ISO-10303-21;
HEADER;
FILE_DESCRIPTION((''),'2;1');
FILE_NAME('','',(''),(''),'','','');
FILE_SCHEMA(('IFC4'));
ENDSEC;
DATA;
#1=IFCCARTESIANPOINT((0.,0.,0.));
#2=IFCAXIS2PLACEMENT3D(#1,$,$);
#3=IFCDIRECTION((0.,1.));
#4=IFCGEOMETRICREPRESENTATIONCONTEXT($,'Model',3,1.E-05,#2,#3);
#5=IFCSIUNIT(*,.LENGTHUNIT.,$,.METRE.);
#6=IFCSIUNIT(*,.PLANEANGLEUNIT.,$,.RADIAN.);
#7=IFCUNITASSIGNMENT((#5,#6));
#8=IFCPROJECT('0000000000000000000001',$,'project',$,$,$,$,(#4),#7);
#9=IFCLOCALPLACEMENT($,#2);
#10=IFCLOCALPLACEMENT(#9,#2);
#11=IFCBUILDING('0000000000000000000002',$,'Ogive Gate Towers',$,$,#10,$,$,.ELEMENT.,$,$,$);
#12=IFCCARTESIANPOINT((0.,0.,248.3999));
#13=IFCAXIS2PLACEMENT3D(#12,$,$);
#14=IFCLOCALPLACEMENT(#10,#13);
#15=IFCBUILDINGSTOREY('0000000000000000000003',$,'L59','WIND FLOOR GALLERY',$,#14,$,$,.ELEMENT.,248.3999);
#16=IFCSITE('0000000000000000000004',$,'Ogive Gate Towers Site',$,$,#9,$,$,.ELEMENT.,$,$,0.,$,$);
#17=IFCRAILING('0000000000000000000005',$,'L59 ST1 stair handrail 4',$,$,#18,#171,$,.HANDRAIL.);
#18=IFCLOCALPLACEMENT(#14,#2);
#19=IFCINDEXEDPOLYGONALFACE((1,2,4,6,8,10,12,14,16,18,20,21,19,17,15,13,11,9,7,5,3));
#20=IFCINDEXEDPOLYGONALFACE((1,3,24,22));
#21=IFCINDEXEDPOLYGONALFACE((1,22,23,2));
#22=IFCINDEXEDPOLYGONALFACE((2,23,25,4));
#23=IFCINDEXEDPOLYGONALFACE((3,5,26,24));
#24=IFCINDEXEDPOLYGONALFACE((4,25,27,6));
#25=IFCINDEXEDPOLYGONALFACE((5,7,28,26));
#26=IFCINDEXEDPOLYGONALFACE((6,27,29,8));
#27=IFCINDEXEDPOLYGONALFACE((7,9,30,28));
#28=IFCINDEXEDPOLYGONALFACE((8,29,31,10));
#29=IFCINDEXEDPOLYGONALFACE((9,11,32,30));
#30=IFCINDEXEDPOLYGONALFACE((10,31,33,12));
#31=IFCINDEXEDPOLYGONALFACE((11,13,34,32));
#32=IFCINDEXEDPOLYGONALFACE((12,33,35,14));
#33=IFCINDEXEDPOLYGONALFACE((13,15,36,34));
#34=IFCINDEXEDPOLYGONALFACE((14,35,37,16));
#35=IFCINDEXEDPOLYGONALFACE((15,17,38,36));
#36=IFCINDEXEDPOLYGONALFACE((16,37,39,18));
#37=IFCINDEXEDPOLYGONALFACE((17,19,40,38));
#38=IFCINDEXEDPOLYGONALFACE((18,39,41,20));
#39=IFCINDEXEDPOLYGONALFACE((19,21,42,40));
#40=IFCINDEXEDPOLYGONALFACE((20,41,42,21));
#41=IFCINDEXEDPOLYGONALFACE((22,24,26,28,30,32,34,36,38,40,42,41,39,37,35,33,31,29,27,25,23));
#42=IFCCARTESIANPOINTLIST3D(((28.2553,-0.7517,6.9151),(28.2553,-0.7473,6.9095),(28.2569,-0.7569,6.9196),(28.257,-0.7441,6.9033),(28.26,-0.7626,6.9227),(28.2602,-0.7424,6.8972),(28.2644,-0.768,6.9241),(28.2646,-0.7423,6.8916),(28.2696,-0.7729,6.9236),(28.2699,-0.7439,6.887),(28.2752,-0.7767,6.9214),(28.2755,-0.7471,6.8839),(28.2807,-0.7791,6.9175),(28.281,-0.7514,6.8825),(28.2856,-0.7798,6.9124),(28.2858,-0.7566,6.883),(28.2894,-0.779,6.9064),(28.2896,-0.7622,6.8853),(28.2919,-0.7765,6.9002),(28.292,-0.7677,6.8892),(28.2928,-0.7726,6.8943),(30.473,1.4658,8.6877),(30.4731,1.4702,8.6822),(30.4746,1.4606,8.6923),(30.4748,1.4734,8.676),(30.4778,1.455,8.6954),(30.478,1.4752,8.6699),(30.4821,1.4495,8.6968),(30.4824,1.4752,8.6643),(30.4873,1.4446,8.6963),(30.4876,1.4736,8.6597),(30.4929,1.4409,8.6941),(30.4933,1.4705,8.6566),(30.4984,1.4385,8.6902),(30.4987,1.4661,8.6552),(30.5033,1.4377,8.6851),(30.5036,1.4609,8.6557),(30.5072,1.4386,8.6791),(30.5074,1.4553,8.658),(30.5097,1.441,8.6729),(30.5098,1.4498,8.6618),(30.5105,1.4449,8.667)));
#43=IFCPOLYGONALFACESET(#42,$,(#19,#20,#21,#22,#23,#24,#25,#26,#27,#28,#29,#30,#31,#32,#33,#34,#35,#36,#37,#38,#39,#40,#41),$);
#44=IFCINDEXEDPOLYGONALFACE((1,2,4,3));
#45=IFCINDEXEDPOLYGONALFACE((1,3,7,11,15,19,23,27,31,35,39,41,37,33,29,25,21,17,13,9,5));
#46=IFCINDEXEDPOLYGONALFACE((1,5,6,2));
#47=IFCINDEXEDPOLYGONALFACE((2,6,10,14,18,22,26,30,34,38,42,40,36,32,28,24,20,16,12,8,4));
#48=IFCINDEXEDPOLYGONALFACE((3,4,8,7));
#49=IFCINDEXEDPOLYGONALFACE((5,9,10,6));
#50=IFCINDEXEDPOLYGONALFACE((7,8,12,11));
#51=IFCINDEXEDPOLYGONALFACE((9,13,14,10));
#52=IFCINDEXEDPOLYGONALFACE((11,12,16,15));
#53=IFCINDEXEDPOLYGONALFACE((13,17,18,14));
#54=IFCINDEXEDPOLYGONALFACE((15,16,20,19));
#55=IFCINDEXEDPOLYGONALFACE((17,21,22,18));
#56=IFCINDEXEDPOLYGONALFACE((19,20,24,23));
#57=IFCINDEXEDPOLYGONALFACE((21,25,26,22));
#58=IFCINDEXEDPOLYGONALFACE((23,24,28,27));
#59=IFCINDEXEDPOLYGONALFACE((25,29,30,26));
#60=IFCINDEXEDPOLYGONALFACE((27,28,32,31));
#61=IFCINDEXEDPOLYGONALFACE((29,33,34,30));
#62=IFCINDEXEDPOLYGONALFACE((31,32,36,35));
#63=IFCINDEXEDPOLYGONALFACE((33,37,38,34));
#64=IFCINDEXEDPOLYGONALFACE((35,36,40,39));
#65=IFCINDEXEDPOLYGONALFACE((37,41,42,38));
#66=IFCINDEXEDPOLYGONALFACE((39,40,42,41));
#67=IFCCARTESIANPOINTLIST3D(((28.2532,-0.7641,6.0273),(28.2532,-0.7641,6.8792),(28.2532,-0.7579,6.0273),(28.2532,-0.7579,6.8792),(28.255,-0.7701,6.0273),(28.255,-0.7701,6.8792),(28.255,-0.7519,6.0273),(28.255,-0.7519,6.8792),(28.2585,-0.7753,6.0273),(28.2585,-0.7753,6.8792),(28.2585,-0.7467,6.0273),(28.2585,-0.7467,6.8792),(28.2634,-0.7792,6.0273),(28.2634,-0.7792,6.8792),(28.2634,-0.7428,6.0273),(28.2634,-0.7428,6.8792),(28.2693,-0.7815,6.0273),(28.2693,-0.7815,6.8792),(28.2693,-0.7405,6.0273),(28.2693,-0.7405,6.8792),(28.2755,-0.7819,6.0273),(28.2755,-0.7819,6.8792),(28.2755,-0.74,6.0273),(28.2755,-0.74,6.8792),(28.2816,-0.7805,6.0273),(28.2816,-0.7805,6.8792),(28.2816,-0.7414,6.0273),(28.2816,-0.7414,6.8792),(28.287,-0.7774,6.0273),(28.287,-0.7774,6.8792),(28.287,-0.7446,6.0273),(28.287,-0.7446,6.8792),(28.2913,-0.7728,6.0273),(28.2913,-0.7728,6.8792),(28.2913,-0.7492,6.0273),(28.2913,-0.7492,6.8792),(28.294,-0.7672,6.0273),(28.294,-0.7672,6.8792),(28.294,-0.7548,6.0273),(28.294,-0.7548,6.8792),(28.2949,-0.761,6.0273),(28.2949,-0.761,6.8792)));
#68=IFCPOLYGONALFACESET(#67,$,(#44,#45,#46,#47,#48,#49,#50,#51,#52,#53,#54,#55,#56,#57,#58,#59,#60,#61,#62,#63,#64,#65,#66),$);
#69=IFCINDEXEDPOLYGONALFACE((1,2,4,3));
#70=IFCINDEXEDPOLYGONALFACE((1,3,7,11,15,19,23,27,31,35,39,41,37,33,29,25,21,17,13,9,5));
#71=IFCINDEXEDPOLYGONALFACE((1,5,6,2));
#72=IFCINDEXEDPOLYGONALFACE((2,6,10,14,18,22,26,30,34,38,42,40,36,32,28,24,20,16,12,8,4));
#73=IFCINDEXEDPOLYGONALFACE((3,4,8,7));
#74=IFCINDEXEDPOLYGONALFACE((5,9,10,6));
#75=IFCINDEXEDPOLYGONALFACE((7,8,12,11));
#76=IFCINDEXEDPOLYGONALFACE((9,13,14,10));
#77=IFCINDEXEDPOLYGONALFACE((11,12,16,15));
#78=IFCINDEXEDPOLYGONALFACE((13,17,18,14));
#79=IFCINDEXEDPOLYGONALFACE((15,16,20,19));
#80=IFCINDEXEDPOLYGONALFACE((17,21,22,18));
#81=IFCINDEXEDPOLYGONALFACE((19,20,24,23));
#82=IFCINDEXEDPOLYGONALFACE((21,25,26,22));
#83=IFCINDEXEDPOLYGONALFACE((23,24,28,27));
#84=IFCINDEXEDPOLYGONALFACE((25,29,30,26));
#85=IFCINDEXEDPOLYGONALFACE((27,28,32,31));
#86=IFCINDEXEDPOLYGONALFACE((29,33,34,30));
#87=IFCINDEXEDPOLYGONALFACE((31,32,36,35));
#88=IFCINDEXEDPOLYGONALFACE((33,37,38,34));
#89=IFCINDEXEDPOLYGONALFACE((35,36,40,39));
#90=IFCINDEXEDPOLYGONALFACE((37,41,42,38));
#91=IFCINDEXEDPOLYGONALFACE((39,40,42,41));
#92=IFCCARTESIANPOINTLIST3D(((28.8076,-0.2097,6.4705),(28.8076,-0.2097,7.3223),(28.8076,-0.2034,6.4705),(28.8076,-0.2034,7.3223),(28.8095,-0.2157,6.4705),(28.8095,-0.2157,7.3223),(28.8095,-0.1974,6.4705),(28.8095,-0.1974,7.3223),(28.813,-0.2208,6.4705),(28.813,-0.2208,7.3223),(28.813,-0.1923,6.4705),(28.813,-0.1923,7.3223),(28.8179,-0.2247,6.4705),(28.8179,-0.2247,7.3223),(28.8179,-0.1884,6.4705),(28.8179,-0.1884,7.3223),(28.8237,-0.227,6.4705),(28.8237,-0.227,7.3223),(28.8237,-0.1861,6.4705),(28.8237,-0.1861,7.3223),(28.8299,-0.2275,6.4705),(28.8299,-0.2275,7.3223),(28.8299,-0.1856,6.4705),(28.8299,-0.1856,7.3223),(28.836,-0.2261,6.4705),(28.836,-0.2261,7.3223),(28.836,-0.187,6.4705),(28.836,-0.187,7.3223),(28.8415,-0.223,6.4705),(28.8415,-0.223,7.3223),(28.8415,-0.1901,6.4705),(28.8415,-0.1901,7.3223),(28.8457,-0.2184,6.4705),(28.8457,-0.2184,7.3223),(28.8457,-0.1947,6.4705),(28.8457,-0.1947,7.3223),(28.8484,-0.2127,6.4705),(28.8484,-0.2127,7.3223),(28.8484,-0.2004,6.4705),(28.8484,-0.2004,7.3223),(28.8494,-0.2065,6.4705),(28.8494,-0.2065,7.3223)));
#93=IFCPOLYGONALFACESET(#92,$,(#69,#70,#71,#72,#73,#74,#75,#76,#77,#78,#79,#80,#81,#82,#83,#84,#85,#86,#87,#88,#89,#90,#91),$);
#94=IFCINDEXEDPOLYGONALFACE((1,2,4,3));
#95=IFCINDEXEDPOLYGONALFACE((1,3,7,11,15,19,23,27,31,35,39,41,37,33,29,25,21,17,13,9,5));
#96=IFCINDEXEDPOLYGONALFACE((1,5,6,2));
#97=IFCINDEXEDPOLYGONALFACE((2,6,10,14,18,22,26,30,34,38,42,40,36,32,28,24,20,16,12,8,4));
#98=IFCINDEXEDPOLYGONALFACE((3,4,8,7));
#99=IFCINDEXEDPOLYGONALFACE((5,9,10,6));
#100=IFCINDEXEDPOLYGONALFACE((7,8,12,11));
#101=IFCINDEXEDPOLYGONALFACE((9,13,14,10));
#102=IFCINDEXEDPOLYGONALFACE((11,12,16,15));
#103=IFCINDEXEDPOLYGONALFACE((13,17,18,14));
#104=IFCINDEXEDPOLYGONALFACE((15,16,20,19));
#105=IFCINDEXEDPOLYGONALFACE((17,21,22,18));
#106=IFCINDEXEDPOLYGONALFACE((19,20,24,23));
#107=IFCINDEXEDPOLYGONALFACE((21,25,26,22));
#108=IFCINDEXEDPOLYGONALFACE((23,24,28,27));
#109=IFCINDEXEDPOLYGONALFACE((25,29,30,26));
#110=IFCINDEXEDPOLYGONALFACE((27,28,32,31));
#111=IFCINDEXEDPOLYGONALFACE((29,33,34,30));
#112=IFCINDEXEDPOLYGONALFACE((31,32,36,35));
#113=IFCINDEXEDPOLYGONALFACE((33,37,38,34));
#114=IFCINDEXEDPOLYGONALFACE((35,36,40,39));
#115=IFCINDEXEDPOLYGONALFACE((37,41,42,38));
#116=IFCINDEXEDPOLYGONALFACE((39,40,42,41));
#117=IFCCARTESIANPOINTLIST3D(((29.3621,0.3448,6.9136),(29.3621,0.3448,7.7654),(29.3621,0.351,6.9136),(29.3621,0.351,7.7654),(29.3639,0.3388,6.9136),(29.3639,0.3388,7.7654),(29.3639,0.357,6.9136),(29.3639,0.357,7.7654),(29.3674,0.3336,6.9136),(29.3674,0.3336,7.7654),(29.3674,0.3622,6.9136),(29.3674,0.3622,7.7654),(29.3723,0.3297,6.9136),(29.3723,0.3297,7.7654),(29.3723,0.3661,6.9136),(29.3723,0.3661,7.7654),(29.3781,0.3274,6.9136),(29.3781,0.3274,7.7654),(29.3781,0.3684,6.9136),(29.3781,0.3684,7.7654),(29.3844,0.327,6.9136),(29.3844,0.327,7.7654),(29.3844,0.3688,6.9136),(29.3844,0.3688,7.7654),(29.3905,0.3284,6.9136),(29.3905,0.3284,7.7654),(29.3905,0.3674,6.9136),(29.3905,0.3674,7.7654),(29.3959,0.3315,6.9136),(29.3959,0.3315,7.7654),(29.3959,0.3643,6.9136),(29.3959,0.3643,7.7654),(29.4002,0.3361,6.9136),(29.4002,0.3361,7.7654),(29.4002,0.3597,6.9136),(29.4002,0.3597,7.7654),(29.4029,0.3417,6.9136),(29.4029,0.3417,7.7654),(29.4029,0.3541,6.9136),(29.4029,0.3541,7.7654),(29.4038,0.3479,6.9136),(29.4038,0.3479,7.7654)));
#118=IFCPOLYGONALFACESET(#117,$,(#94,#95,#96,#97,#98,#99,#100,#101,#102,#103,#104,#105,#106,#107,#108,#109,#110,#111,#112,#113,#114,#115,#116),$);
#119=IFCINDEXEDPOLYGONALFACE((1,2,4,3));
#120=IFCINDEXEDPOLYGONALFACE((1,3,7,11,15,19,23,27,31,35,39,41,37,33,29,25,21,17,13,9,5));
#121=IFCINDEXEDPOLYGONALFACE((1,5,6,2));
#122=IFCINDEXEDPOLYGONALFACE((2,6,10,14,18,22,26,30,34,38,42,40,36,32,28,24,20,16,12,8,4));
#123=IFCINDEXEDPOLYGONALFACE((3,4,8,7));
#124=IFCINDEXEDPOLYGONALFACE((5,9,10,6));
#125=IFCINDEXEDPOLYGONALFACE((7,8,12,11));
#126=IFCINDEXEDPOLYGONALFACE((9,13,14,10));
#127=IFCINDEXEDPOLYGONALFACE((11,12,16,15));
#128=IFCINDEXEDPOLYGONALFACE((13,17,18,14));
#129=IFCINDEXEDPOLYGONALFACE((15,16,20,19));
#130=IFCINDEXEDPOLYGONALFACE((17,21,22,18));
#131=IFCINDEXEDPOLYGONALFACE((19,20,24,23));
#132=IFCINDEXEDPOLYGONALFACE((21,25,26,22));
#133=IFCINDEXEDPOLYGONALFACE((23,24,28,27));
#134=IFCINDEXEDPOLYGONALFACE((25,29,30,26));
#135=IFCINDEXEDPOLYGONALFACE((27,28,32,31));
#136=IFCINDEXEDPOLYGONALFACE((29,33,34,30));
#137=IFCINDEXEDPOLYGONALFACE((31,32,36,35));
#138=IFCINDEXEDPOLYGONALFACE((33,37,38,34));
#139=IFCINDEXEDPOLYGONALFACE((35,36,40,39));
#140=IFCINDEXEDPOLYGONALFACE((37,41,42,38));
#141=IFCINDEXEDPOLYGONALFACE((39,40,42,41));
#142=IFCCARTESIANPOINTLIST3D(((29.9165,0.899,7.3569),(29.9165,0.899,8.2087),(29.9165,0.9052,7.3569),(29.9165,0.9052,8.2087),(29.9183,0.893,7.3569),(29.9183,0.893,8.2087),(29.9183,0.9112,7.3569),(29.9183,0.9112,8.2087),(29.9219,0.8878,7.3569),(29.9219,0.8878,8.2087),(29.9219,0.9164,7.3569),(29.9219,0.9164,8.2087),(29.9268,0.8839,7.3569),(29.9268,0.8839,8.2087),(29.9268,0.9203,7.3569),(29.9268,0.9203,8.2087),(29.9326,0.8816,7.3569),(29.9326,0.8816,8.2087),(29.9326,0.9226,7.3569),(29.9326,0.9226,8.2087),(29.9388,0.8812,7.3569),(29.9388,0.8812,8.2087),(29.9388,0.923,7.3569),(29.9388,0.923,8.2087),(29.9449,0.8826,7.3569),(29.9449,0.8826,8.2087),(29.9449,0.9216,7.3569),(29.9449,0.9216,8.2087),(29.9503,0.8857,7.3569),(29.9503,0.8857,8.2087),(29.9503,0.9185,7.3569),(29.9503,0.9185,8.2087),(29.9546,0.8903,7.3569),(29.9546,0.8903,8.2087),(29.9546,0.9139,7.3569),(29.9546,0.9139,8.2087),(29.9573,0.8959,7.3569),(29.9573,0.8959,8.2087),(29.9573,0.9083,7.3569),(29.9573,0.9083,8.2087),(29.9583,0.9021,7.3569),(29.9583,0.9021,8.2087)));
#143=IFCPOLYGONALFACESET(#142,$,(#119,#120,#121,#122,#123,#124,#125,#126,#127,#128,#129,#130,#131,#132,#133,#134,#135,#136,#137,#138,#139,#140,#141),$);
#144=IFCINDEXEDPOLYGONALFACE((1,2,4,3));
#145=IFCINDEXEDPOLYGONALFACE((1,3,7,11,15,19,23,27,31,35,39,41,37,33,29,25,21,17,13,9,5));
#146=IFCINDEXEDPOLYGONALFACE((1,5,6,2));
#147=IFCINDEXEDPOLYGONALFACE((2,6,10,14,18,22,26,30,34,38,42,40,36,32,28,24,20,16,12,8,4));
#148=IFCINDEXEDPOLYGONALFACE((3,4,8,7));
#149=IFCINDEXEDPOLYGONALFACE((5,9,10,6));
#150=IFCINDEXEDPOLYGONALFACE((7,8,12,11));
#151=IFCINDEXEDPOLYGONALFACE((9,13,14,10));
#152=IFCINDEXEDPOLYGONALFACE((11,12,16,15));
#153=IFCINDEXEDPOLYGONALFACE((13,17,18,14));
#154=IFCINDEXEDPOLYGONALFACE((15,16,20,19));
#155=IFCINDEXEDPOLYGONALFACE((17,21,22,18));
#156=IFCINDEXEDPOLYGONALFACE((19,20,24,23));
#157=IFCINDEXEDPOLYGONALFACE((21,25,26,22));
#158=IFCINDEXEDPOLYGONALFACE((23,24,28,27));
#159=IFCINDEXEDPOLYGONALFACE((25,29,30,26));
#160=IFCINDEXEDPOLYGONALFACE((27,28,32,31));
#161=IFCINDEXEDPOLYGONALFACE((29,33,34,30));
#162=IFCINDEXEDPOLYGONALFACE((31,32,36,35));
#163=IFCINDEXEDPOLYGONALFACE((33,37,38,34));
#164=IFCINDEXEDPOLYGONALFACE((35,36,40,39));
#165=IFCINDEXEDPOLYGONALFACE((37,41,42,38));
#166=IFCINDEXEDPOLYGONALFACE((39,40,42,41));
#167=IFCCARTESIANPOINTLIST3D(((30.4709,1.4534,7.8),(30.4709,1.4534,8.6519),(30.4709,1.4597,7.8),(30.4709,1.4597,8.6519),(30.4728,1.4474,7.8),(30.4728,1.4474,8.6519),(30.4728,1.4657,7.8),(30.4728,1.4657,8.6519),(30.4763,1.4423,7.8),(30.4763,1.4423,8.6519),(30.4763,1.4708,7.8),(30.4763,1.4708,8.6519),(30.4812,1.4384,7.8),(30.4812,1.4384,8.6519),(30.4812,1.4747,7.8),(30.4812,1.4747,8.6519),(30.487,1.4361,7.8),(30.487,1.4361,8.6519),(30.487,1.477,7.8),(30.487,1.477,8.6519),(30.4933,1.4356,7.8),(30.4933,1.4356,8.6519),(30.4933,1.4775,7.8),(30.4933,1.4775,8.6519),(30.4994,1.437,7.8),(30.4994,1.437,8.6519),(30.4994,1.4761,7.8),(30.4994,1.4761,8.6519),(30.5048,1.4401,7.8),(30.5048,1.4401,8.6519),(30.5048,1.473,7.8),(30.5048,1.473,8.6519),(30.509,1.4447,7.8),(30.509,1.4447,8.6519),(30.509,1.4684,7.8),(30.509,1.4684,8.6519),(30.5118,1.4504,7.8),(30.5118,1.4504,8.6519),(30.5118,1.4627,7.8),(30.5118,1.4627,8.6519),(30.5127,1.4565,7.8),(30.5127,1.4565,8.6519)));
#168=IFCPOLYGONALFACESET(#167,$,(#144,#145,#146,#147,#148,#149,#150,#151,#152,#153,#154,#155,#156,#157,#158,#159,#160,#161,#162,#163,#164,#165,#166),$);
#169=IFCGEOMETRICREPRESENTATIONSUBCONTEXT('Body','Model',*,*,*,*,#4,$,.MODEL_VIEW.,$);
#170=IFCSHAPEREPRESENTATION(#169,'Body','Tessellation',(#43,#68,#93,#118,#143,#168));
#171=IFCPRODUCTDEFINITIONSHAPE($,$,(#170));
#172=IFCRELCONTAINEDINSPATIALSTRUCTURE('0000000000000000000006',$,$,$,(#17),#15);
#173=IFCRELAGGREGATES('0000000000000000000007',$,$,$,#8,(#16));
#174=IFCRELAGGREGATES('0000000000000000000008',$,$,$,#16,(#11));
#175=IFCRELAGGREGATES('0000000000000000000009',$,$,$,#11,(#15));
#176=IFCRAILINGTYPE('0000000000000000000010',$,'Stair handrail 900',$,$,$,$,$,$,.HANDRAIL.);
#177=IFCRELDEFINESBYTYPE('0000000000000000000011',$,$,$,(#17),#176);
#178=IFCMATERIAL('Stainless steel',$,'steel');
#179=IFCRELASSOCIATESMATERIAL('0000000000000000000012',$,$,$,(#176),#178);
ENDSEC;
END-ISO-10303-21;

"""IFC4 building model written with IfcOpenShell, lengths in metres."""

from ifc_helpers import new_model, si_unit, direction, frame, origin, origin_2d, place, context, subcontext, project, spatial, circle, extrude, material, type_object, element, save


model = new_model("IFC4")

# Units and contexts
model_context = context("Model", 3, precision=1e-05, world=origin(), true_north=direction((0.0, 1.0)))
body_context = subcontext(model_context, "Body", "Model", "MODEL_VIEW")
ifc_project = project(units=[si_unit("LENGTHUNIT", "METRE"), si_unit("PLANEANGLEUNIT", "RADIAN")], contexts=[model_context])

# Site, building, storey
site_placement = place(None, origin())
site = spatial("IfcSite", under=ifc_project, at=site_placement, Name="Ogive Gate Towers Site", CompositionType="ELEMENT", RefElevation=0.0)
building_placement = place(site_placement, origin())
building = spatial("IfcBuilding", under=site, at=building_placement, Name="Ogive Gate Towers", CompositionType="ELEMENT")
storey_placement = place(building_placement, frame((0.0, 0.0, 248.3999)))
storey = spatial("IfcBuildingStorey", under=building, at=storey_placement, Name="L59", Description="WIND FLOOR GALLERY", CompositionType="ELEMENT", Elevation=248.3999)

# Railing
ifc_material_1 = material(Name="Stainless steel", Category="steel")
railing_type_1 = type_object("IfcRailingType", Name="Stair handrail 900", PredefinedType="HANDRAIL", material=ifc_material_1)
for number, where, name in (
    (1, (28.2739, -0.761, 6.0273), "L59 ST1 stair handrail 4"),
):
    element("IfcRailing", number, at=place(storey_placement, frame(where)), inside=storey, type_object=railing_type_1, Name=name, PredefinedType="HANDRAIL", context=body_context, shape_type="SweptSolid", body=[
        extrude(circle(Radius=0.0239, at=origin_2d()), frame((0.0, 0.0, 0.876), z_axis=(0.61561, 0.615543, 0.492068), x_axis=(-0.707068, 0.707146, 0.0)), (0.0, 0.0, 1.0), 3.6025),
        extrude(circle(Radius=0.021, at=origin_2d()), origin(), (0.0, 0.0, 1.0), 0.8518),
        extrude(circle(Radius=0.021, at=origin_2d()), frame((0.5544, 0.5544, 0.4431)), (0.0, 0.0, 1.0), 0.8518),
        extrude(circle(Radius=0.021, at=origin_2d()), frame((1.1089, 1.1089, 0.8862)), (0.0, 0.0, 1.0), 0.8518),
        extrude(circle(Radius=0.021, at=origin_2d()), frame((1.6633, 1.6631, 1.3296)), (0.0, 0.0, 1.0), 0.8518),
        extrude(circle(Radius=0.021, at=origin_2d()), frame((2.2178, 2.2175, 1.7727)), (0.0, 0.0, 1.0), 0.8518),
    ])

save(model, "model.ifc")
